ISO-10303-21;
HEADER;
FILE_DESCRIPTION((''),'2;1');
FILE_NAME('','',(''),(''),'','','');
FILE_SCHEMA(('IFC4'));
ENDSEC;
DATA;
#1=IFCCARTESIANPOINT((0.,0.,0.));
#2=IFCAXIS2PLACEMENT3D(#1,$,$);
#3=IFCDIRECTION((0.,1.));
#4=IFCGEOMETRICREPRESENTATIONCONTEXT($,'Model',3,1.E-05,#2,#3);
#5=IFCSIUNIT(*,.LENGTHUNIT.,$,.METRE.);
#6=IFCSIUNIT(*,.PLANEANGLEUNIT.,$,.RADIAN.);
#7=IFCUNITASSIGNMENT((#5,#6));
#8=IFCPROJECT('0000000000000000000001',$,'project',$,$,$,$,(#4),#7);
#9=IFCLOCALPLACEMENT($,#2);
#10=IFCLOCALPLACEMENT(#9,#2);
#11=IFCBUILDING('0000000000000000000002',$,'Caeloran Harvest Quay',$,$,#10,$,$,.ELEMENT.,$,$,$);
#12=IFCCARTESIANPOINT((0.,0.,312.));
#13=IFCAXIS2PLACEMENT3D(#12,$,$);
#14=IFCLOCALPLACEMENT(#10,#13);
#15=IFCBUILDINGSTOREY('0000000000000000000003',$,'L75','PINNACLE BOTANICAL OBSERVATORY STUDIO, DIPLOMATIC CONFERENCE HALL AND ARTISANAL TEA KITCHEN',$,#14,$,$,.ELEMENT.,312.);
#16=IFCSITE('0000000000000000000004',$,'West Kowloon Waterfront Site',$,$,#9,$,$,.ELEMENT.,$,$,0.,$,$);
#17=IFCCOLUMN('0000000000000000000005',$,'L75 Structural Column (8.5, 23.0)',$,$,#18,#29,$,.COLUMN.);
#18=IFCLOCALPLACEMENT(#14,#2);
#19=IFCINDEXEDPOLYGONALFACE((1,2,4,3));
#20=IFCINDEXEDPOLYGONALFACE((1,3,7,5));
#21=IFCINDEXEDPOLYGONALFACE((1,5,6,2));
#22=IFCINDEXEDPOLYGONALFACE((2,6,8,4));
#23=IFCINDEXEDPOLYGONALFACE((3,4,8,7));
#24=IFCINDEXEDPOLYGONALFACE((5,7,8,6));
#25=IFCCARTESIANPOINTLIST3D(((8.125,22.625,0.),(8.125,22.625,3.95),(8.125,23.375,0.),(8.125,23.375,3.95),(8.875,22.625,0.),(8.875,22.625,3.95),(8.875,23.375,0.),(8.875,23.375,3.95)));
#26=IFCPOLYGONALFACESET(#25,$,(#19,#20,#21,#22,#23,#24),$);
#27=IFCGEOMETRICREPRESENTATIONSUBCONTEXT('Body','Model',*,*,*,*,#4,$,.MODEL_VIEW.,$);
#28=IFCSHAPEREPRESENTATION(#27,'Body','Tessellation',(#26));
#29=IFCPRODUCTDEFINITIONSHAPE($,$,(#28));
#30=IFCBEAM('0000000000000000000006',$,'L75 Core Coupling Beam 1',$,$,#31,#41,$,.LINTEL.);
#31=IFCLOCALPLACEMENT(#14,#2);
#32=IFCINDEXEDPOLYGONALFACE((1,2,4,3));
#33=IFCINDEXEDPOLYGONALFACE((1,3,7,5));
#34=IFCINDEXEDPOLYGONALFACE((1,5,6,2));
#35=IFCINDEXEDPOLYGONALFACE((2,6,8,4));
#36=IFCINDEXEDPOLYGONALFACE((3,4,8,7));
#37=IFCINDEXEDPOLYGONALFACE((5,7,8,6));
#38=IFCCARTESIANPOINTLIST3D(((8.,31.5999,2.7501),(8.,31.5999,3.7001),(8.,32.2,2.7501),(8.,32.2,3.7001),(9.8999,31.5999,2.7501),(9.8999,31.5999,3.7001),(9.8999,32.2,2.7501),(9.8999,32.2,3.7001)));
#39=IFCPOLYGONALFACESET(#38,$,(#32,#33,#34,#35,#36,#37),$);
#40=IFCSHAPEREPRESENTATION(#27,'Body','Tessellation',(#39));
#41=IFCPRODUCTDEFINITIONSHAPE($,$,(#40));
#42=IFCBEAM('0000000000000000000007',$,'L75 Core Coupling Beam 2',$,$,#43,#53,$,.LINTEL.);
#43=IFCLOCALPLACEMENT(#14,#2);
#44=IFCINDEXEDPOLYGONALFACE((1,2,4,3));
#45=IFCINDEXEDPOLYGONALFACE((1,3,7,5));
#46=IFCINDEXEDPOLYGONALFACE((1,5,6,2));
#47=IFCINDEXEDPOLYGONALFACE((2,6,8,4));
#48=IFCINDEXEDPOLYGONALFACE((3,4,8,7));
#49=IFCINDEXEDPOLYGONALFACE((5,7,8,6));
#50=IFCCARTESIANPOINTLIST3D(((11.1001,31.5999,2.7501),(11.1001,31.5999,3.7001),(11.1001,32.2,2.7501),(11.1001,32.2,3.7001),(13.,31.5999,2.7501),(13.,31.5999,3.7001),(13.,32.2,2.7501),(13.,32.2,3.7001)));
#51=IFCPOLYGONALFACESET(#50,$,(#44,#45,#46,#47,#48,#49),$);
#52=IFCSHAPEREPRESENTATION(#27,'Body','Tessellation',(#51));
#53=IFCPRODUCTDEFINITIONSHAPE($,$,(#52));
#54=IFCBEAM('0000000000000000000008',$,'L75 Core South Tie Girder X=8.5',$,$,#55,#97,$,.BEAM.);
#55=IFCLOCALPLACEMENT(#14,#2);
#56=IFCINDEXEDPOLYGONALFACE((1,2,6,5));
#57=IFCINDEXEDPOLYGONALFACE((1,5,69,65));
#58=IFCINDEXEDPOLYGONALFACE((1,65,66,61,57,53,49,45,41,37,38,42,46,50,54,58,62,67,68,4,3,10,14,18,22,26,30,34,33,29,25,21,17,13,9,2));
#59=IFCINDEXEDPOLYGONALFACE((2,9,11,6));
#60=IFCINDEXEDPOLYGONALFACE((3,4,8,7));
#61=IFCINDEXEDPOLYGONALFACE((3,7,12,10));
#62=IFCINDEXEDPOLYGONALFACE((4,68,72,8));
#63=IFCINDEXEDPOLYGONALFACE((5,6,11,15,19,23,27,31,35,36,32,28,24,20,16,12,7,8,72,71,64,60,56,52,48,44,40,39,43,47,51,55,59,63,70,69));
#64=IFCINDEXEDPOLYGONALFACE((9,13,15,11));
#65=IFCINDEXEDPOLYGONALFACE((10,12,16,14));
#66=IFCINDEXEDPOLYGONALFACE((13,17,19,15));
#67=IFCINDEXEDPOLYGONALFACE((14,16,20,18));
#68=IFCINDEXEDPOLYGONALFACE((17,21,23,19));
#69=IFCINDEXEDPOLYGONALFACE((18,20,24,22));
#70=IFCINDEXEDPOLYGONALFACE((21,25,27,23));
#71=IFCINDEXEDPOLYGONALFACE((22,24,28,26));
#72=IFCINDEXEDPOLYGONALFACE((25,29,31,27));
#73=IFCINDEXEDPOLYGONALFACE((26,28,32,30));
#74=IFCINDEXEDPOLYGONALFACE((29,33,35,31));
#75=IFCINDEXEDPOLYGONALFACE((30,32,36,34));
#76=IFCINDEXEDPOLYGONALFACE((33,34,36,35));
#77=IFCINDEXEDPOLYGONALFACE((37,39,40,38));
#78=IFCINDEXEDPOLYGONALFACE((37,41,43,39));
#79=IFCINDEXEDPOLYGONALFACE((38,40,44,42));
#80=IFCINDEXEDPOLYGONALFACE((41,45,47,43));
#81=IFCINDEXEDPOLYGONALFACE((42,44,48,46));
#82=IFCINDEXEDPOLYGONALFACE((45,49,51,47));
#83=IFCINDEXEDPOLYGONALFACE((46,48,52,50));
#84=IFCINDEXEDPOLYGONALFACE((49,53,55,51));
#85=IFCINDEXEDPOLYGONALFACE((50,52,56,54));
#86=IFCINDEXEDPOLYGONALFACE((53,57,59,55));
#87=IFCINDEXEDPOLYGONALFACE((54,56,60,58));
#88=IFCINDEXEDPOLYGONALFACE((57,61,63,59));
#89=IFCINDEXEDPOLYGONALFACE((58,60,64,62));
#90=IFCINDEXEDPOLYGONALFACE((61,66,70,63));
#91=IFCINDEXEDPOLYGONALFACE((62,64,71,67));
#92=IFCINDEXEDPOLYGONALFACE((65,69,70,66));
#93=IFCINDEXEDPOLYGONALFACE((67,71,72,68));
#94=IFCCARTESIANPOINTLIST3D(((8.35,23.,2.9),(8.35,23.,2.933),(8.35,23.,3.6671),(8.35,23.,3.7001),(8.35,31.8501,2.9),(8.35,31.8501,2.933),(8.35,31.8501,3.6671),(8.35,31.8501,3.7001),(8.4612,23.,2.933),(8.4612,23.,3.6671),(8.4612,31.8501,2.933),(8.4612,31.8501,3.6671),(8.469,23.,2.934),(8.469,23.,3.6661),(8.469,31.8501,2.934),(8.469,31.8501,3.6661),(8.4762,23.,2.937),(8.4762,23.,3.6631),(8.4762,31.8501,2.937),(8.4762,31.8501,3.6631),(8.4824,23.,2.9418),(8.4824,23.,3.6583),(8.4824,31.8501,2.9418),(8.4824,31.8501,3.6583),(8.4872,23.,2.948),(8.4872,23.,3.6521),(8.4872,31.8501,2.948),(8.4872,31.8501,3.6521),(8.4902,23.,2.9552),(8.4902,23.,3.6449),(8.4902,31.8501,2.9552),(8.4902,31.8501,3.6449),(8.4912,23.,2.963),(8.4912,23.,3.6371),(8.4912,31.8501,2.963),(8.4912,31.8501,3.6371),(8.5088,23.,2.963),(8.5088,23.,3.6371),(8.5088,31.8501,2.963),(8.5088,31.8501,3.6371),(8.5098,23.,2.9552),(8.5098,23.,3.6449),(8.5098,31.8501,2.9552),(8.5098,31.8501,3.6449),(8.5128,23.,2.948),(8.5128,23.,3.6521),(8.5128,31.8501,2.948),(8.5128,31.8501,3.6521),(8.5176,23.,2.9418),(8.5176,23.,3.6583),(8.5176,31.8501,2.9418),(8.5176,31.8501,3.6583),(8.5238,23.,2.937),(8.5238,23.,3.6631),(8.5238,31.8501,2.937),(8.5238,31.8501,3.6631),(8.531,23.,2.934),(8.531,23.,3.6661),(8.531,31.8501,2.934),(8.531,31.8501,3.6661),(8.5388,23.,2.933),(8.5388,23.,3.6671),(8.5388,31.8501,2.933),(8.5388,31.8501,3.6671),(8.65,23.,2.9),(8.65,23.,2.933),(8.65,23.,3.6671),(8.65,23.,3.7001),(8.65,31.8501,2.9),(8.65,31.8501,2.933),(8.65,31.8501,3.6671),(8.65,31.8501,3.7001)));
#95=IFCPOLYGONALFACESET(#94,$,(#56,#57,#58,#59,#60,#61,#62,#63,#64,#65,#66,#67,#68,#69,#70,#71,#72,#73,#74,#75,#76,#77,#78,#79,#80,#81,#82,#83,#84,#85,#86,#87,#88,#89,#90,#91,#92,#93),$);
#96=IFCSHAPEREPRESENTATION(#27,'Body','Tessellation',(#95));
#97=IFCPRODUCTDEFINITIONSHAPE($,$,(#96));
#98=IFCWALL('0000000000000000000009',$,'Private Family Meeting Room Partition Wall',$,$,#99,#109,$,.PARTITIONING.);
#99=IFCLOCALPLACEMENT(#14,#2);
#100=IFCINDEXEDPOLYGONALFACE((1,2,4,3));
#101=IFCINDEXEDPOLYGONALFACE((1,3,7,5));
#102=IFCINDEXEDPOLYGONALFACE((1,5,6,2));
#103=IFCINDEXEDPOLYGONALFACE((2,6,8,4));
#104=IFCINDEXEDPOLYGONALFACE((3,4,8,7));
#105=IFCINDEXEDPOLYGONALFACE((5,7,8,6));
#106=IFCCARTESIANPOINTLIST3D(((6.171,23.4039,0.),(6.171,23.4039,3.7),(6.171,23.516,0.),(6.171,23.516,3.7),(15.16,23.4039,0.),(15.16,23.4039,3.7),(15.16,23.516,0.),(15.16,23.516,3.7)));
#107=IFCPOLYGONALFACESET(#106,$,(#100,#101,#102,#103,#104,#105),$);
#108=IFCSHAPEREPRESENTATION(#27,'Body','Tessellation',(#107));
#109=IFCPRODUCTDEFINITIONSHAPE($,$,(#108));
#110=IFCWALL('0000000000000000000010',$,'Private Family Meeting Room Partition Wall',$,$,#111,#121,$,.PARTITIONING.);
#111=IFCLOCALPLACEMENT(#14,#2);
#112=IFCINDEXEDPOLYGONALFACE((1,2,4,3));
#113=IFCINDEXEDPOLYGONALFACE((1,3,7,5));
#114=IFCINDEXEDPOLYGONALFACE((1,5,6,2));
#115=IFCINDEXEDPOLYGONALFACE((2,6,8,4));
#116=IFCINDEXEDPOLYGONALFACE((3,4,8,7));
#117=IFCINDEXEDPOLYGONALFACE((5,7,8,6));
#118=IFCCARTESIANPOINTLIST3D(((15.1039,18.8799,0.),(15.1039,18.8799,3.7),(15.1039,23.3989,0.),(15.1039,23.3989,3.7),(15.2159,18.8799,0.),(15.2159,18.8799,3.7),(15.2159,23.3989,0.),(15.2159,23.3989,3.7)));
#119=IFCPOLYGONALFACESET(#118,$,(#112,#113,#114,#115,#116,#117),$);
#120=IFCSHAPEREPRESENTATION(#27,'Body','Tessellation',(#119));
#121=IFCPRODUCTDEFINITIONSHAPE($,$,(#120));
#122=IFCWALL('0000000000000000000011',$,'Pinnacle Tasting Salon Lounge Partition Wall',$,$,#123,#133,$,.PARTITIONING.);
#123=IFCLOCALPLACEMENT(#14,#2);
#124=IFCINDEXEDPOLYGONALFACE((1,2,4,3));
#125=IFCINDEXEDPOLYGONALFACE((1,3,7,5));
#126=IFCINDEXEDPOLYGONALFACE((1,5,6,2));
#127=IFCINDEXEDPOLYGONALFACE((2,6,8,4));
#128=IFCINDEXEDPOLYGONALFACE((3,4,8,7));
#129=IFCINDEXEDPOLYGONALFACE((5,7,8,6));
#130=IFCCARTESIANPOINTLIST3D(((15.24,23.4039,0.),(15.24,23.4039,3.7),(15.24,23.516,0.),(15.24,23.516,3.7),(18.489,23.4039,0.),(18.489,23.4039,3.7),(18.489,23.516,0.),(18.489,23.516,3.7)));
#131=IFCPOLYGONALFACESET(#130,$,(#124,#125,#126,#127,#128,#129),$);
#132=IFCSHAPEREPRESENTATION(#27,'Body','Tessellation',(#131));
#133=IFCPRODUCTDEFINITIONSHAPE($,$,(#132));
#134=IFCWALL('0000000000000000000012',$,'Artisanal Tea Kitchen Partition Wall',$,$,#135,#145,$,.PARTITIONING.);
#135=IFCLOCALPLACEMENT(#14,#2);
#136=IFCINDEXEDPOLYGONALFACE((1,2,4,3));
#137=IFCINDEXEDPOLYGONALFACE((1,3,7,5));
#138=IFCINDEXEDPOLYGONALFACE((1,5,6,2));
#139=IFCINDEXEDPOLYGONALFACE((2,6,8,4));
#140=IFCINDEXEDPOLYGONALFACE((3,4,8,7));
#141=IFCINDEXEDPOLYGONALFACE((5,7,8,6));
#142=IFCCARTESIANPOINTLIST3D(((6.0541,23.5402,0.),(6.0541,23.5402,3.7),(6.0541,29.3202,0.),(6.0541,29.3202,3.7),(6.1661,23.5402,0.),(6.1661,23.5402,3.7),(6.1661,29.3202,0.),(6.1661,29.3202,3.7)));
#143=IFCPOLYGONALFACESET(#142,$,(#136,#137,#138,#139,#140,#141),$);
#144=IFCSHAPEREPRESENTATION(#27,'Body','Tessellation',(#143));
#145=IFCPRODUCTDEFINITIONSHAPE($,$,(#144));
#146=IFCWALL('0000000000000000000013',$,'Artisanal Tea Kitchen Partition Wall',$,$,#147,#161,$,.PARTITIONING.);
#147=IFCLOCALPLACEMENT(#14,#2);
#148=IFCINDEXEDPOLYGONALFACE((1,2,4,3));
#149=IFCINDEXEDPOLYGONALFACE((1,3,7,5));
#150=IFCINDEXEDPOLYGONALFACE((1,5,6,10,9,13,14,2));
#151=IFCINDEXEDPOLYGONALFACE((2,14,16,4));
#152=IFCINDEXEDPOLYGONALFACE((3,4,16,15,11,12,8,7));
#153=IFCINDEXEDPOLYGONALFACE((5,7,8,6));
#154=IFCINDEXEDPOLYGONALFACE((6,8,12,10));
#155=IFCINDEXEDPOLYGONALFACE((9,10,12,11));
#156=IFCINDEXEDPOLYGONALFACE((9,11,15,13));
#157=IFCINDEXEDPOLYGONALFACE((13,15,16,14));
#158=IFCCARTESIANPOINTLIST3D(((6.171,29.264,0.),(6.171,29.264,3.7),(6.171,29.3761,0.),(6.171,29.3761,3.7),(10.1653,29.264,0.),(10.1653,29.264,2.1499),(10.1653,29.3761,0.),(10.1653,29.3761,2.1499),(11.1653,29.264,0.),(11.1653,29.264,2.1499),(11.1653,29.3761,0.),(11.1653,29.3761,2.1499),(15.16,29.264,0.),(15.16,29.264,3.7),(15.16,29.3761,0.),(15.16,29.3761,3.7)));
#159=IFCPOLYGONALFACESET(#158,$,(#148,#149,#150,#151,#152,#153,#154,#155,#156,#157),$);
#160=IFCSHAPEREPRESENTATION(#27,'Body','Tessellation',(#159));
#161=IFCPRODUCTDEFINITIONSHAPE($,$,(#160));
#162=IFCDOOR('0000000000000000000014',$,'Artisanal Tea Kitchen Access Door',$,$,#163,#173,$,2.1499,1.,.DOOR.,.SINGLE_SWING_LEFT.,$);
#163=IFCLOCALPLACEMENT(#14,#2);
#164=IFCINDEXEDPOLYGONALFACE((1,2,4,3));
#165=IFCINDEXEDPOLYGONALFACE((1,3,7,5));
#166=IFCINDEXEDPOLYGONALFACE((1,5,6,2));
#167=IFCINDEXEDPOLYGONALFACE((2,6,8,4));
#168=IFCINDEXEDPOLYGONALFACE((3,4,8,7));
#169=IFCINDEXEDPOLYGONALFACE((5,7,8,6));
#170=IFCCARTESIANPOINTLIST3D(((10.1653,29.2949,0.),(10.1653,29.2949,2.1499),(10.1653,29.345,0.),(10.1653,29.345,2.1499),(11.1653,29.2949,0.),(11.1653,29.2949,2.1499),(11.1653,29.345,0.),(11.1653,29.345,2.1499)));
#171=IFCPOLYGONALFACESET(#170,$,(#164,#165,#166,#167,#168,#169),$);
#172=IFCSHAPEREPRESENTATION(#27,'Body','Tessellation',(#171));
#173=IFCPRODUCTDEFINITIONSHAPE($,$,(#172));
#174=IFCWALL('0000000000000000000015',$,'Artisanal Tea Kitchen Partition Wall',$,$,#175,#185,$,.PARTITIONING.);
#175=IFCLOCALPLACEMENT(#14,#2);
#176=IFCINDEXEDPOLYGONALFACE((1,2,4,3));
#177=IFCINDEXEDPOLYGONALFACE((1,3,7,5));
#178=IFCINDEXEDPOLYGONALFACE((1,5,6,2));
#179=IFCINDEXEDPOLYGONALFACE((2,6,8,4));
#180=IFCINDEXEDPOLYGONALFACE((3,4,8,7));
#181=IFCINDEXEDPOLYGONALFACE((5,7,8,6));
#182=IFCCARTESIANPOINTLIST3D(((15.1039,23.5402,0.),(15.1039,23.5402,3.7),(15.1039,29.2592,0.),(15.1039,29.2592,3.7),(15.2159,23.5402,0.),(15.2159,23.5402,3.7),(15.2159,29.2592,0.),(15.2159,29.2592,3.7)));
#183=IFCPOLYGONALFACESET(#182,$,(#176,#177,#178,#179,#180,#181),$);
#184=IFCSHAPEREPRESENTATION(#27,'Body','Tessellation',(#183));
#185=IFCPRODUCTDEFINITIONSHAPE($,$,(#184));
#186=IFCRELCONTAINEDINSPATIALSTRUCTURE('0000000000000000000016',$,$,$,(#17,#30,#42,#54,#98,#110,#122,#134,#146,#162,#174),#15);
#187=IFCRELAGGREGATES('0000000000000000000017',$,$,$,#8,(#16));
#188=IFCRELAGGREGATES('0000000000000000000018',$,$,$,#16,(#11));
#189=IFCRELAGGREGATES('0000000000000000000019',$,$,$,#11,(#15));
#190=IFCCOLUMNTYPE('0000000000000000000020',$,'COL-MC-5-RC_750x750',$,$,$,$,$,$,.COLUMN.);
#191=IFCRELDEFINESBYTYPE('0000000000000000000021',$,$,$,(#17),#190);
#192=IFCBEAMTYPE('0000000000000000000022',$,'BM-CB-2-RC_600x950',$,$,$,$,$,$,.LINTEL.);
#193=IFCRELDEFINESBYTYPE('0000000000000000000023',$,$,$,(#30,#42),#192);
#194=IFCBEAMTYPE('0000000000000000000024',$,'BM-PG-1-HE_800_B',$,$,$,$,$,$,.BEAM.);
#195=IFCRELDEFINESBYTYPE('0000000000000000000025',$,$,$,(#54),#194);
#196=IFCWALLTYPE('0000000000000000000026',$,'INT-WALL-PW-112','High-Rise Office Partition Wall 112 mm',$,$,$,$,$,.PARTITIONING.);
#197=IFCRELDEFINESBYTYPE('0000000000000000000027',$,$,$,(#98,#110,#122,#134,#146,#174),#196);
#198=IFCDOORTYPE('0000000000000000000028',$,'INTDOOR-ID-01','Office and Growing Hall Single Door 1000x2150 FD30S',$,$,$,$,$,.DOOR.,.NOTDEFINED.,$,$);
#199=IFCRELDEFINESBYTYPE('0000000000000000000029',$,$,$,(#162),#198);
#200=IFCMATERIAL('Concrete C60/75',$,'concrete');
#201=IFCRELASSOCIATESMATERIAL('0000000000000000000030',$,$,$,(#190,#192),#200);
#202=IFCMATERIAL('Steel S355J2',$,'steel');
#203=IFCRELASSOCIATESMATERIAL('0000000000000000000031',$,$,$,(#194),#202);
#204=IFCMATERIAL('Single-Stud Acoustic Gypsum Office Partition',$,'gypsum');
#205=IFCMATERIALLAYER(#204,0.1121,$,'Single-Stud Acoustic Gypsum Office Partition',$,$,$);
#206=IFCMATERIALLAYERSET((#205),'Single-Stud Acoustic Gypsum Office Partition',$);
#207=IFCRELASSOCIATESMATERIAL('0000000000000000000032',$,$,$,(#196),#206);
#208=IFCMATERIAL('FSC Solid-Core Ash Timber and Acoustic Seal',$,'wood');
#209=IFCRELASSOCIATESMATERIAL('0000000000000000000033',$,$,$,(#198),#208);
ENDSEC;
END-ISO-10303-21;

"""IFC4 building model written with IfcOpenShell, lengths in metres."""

from ifc_helpers import new_model, si_unit, direction, frame, frame_2d, origin, origin_2d, place, context, subcontext, project, spatial, rectangle, i_section, extrude, material, layer, layer_set, material_profile, profile_set, type_object, element, fill, save


model = new_model("IFC4")

# Units and contexts
model_context = context("Model", 3, precision=1e-05, world=origin(), true_north=direction((0.0, 1.0)))
body_context = subcontext(model_context, "Body", "Model", "MODEL_VIEW")
ifc_project = project(units=[si_unit("LENGTHUNIT", "METRE"), si_unit("PLANEANGLEUNIT", "RADIAN")], contexts=[model_context])

# Site, building, storey
site_placement = place(None, origin())
site = spatial("IfcSite", under=ifc_project, at=site_placement, Name="West Kowloon Waterfront Site", CompositionType="ELEMENT", RefElevation=0.0)
building_placement = place(site_placement, origin())
building = spatial("IfcBuilding", under=site, at=building_placement, Name="Caeloran Harvest Quay", CompositionType="ELEMENT")
storey_placement = place(building_placement, frame((0.0, 0.0, 312.0)))
storey = spatial("IfcBuildingStorey", under=building, at=storey_placement, Name="L75", Description="PINNACLE BOTANICAL OBSERVATORY STUDIO, DIPLOMATIC CONFERENCE HALL AND ARTISANAL TEA KITCHEN", CompositionType="ELEMENT", Elevation=312.0)

# Column
ifc_material_1 = material(Name="Concrete C60/75", Category="concrete")
ifc_material_profile_1 = material_profile(ifc_material_1, rectangle(XDim=0.75, YDim=0.75, at=origin_2d()), Name="RC 750x750")
ifc_profile_set_1 = profile_set([ifc_material_profile_1], Name="Concrete C60/75")
column_type = type_object("IfcColumnType", Name="COL-MC-5-RC_750x750", PredefinedType="COLUMN", material=ifc_profile_set_1)
column_placement = place(storey_placement, frame((8.5, 23.0, 0.0), z_axis=(0.0, 0.0, 1.0), x_axis=(1.0, 0.0, 0.0)))
element("IfcColumn", 1, at=column_placement, inside=storey, type_object=column_type, Name="L75 Structural Column (8.5, 23.0)", PredefinedType="COLUMN", context=body_context, shape_type="SweptSolid", body=[
    extrude(rectangle(XDim=0.75, YDim=0.75, at=origin_2d()), origin(), (0.0, 0.0, 1.0), 3.95),
])

# Beams
ifc_material_profile_2 = material_profile(ifc_material_1, rectangle(XDim=0.6001, YDim=0.95, at=origin_2d()), Name="RC 600x950")
ifc_profile_set_2 = profile_set([ifc_material_profile_2], Name="Concrete C60/75")
beam_type_1 = type_object("IfcBeamType", Name="BM-CB-2-RC_600x950", PredefinedType="LINTEL", material=ifc_profile_set_2)
for number, where, z_axis, x_axis, name in (
    (2, (8.0, 31.8999, 3.2251), (1.0, 0.0, 0.0), (0.0, 1.0, 0.0), "L75 Core Coupling Beam 1"),
    (3, (11.1001, 31.8999, 3.2251), (1.0, 0.0, 0.0), (0.0, 1.0, 0.0), "L75 Core Coupling Beam 2"),
):
    element("IfcBeam", number, at=place(storey_placement, frame(where, z_axis=z_axis, x_axis=x_axis)), inside=storey, type_object=beam_type_1, Name=name, PredefinedType="LINTEL", context=body_context, shape_type="SweptSolid", body=[
        extrude(rectangle(XDim=0.6001, YDim=0.95, at=origin_2d()), origin(), (0.0, 0.0, 1.0), 1.8999),
    ])
ifc_material_2 = material(Name="Steel S355J2", Category="steel")
ifc_material_profile_3 = material_profile(ifc_material_2, i_section(OverallWidth=0.3, OverallDepth=0.8, WebThickness=0.0176, FlangeThickness=0.033, FilletRadius=0.03, at=origin_2d()), Name="HE 800 B")
ifc_profile_set_3 = profile_set([ifc_material_profile_3], Name="Steel S355J2")
beam_type_2 = type_object("IfcBeamType", Name="BM-PG-1-HE_800_B", PredefinedType="BEAM", material=ifc_profile_set_3)
beam_placement = place(storey_placement, frame((8.5, 23.0, 3.3), z_axis=(0.0, 1.0, 0.0), x_axis=(-1.0, 0.0, 0.0)))
element("IfcBeam", 4, at=beam_placement, inside=storey, type_object=beam_type_2, Name="L75 Core South Tie Girder X=8.5", PredefinedType="BEAM", context=body_context, shape_type="SweptSolid", body=[
    extrude(i_section(OverallWidth=0.3, OverallDepth=0.8, WebThickness=0.0176, FlangeThickness=0.033, FilletRadius=0.03, at=origin_2d()), origin(), (0.0, 0.0, 1.0), 8.8501),
])

# Walls
ifc_material_3 = material(Name="Single-Stud Acoustic Gypsum Office Partition", Category="gypsum")
ifc_layer_1 = layer(ifc_material_3, 0.1121, Name="Single-Stud Acoustic Gypsum Office Partition")
ifc_layer_set_1 = layer_set([ifc_layer_1], Name="Single-Stud Acoustic Gypsum Office Partition")
wall_type_1 = type_object("IfcWallType", Name="INT-WALL-PW-112", Description="High-Rise Office Partition Wall 112 mm", PredefinedType="PARTITIONING", material=ifc_layer_set_1)
wall_1_placement = place(storey_placement, frame((6.1709, 23.46, 0.0), z_axis=(0.0, 0.0, 1.0), x_axis=(1.0, 0.0, 0.0)))
element("IfcWall", 5, at=wall_1_placement, inside=storey, type_object=wall_type_1, Name="Private Family Meeting Room Partition Wall", PredefinedType="PARTITIONING", context=body_context, shape_type="SweptSolid", body=[
    extrude(rectangle(XDim=8.989, YDim=0.1121, at=frame_2d((4.4946, 0.0))), origin(), (0.0, 0.0, 1.0), 3.7),
])
wall_2_placement = place(storey_placement, frame((15.1599, 23.3989, 0.0), z_axis=(0.0, 0.0, 1.0), x_axis=(0.0, -1.0, 0.0)))
element("IfcWall", 6, at=wall_2_placement, inside=storey, type_object=wall_type_1, Name="Private Family Meeting Room Partition Wall", PredefinedType="PARTITIONING", context=body_context, shape_type="SweptSolid", body=[
    extrude(rectangle(XDim=4.519, YDim=0.1121, at=frame_2d((2.2595, 0.0))), origin(), (0.0, 0.0, 1.0), 3.7),
])
wall_3_placement = place(storey_placement, frame((15.24, 23.46, 0.0), z_axis=(0.0, 0.0, 1.0), x_axis=(1.0, 0.0, 0.0)))
element("IfcWall", 7, at=wall_3_placement, inside=storey, type_object=wall_type_1, Name="Pinnacle Tasting Salon Lounge Partition Wall", PredefinedType="PARTITIONING", context=body_context, shape_type="SweptSolid", body=[
    extrude(rectangle(XDim=3.249, YDim=0.1121, at=frame_2d((1.6245, 0.0))), origin(), (0.0, 0.0, 1.0), 3.7),
])
wall_4_placement = place(storey_placement, frame((6.1101, 23.54, 0.0), z_axis=(0.0, 0.0, 1.0), x_axis=(0.0, 1.0, 0.0)))
element("IfcWall", 8, at=wall_4_placement, inside=storey, type_object=wall_type_1, Name="Artisanal Tea Kitchen Partition Wall", PredefinedType="PARTITIONING", context=body_context, shape_type="SweptSolid", body=[
    extrude(rectangle(XDim=5.78, YDim=0.1121, at=frame_2d((2.8901, 0.0))), origin(), (0.0, 0.0, 1.0), 3.7),
])

# Wall, opening, door
wall_5_placement = place(storey_placement, frame((6.1709, 29.3201, 0.0), z_axis=(0.0, 0.0, 1.0), x_axis=(1.0, 0.0, 0.0)))
wall_5 = element("IfcWall", 9, at=wall_5_placement, inside=storey, type_object=wall_type_1, Name="Artisanal Tea Kitchen Partition Wall", PredefinedType="PARTITIONING", context=body_context, shape_type="SweptSolid", body=[
    extrude(rectangle(XDim=8.989, YDim=0.1121, at=frame_2d((4.4946, 0.0))), origin(), (0.0, 0.0, 1.0), 3.7),
])
opening_1_placement = place(wall_5_placement, frame((3.9944, 0.0, 0.0)))
opening_1 = element("IfcOpeningElement", 10, at=opening_1_placement, cuts=wall_5, PredefinedType="OPENING", context=body_context, shape_type="SweptSolid", body=[
    extrude(rectangle(XDim=1.0, YDim=2.1499, at=frame_2d((0.5, 1.075))), frame((0.0, 0.0659, 0.0), z_axis=(0.0, -1.0, 0.0), x_axis=(1.0, 0.0, 0.0)), (0.0, 0.0, 1.0), 0.1321),
])
ifc_material_4 = material(Name="FSC Solid-Core Ash Timber and Acoustic Seal", Category="wood")
door_type_1 = type_object("IfcDoorType", Name="INTDOOR-ID-01", Description="Office and Growing Hall Single Door 1000x2150 FD30S", OperationType="NOTDEFINED", PredefinedType="DOOR", material=ifc_material_4)
door_1_placement = place(opening_1_placement, origin())
door_1 = element("IfcDoor", 11, at=door_1_placement, inside=storey, type_object=door_type_1, Name="Artisanal Tea Kitchen Access Door", OperationType="SINGLE_SWING_LEFT", OverallHeight=2.1499, OverallWidth=1.0, PredefinedType="DOOR", context=body_context, shape_type="SweptSolid", body=[
    extrude(rectangle(XDim=1.0, YDim=2.1499, at=frame_2d((0.5, 1.075))), frame((0.0, 0.0249, 0.0), z_axis=(0.0, -1.0, 0.0), x_axis=(1.0, 0.0, 0.0)), (0.0, 0.0, 1.0), 0.05),
])
fill(opening_1, door_1)

# Wall
wall_6_placement = place(storey_placement, frame((15.1599, 29.259, 0.0), z_axis=(0.0, 0.0, 1.0), x_axis=(0.0, -1.0, 0.0)))
element("IfcWall", 12, at=wall_6_placement, inside=storey, type_object=wall_type_1, Name="Artisanal Tea Kitchen Partition Wall", PredefinedType="PARTITIONING", context=body_context, shape_type="SweptSolid", body=[
    extrude(rectangle(XDim=5.719, YDim=0.1121, at=frame_2d((2.8594, 0.0))), origin(), (0.0, 0.0, 1.0), 3.7),
])

save(model, "model.ifc")
